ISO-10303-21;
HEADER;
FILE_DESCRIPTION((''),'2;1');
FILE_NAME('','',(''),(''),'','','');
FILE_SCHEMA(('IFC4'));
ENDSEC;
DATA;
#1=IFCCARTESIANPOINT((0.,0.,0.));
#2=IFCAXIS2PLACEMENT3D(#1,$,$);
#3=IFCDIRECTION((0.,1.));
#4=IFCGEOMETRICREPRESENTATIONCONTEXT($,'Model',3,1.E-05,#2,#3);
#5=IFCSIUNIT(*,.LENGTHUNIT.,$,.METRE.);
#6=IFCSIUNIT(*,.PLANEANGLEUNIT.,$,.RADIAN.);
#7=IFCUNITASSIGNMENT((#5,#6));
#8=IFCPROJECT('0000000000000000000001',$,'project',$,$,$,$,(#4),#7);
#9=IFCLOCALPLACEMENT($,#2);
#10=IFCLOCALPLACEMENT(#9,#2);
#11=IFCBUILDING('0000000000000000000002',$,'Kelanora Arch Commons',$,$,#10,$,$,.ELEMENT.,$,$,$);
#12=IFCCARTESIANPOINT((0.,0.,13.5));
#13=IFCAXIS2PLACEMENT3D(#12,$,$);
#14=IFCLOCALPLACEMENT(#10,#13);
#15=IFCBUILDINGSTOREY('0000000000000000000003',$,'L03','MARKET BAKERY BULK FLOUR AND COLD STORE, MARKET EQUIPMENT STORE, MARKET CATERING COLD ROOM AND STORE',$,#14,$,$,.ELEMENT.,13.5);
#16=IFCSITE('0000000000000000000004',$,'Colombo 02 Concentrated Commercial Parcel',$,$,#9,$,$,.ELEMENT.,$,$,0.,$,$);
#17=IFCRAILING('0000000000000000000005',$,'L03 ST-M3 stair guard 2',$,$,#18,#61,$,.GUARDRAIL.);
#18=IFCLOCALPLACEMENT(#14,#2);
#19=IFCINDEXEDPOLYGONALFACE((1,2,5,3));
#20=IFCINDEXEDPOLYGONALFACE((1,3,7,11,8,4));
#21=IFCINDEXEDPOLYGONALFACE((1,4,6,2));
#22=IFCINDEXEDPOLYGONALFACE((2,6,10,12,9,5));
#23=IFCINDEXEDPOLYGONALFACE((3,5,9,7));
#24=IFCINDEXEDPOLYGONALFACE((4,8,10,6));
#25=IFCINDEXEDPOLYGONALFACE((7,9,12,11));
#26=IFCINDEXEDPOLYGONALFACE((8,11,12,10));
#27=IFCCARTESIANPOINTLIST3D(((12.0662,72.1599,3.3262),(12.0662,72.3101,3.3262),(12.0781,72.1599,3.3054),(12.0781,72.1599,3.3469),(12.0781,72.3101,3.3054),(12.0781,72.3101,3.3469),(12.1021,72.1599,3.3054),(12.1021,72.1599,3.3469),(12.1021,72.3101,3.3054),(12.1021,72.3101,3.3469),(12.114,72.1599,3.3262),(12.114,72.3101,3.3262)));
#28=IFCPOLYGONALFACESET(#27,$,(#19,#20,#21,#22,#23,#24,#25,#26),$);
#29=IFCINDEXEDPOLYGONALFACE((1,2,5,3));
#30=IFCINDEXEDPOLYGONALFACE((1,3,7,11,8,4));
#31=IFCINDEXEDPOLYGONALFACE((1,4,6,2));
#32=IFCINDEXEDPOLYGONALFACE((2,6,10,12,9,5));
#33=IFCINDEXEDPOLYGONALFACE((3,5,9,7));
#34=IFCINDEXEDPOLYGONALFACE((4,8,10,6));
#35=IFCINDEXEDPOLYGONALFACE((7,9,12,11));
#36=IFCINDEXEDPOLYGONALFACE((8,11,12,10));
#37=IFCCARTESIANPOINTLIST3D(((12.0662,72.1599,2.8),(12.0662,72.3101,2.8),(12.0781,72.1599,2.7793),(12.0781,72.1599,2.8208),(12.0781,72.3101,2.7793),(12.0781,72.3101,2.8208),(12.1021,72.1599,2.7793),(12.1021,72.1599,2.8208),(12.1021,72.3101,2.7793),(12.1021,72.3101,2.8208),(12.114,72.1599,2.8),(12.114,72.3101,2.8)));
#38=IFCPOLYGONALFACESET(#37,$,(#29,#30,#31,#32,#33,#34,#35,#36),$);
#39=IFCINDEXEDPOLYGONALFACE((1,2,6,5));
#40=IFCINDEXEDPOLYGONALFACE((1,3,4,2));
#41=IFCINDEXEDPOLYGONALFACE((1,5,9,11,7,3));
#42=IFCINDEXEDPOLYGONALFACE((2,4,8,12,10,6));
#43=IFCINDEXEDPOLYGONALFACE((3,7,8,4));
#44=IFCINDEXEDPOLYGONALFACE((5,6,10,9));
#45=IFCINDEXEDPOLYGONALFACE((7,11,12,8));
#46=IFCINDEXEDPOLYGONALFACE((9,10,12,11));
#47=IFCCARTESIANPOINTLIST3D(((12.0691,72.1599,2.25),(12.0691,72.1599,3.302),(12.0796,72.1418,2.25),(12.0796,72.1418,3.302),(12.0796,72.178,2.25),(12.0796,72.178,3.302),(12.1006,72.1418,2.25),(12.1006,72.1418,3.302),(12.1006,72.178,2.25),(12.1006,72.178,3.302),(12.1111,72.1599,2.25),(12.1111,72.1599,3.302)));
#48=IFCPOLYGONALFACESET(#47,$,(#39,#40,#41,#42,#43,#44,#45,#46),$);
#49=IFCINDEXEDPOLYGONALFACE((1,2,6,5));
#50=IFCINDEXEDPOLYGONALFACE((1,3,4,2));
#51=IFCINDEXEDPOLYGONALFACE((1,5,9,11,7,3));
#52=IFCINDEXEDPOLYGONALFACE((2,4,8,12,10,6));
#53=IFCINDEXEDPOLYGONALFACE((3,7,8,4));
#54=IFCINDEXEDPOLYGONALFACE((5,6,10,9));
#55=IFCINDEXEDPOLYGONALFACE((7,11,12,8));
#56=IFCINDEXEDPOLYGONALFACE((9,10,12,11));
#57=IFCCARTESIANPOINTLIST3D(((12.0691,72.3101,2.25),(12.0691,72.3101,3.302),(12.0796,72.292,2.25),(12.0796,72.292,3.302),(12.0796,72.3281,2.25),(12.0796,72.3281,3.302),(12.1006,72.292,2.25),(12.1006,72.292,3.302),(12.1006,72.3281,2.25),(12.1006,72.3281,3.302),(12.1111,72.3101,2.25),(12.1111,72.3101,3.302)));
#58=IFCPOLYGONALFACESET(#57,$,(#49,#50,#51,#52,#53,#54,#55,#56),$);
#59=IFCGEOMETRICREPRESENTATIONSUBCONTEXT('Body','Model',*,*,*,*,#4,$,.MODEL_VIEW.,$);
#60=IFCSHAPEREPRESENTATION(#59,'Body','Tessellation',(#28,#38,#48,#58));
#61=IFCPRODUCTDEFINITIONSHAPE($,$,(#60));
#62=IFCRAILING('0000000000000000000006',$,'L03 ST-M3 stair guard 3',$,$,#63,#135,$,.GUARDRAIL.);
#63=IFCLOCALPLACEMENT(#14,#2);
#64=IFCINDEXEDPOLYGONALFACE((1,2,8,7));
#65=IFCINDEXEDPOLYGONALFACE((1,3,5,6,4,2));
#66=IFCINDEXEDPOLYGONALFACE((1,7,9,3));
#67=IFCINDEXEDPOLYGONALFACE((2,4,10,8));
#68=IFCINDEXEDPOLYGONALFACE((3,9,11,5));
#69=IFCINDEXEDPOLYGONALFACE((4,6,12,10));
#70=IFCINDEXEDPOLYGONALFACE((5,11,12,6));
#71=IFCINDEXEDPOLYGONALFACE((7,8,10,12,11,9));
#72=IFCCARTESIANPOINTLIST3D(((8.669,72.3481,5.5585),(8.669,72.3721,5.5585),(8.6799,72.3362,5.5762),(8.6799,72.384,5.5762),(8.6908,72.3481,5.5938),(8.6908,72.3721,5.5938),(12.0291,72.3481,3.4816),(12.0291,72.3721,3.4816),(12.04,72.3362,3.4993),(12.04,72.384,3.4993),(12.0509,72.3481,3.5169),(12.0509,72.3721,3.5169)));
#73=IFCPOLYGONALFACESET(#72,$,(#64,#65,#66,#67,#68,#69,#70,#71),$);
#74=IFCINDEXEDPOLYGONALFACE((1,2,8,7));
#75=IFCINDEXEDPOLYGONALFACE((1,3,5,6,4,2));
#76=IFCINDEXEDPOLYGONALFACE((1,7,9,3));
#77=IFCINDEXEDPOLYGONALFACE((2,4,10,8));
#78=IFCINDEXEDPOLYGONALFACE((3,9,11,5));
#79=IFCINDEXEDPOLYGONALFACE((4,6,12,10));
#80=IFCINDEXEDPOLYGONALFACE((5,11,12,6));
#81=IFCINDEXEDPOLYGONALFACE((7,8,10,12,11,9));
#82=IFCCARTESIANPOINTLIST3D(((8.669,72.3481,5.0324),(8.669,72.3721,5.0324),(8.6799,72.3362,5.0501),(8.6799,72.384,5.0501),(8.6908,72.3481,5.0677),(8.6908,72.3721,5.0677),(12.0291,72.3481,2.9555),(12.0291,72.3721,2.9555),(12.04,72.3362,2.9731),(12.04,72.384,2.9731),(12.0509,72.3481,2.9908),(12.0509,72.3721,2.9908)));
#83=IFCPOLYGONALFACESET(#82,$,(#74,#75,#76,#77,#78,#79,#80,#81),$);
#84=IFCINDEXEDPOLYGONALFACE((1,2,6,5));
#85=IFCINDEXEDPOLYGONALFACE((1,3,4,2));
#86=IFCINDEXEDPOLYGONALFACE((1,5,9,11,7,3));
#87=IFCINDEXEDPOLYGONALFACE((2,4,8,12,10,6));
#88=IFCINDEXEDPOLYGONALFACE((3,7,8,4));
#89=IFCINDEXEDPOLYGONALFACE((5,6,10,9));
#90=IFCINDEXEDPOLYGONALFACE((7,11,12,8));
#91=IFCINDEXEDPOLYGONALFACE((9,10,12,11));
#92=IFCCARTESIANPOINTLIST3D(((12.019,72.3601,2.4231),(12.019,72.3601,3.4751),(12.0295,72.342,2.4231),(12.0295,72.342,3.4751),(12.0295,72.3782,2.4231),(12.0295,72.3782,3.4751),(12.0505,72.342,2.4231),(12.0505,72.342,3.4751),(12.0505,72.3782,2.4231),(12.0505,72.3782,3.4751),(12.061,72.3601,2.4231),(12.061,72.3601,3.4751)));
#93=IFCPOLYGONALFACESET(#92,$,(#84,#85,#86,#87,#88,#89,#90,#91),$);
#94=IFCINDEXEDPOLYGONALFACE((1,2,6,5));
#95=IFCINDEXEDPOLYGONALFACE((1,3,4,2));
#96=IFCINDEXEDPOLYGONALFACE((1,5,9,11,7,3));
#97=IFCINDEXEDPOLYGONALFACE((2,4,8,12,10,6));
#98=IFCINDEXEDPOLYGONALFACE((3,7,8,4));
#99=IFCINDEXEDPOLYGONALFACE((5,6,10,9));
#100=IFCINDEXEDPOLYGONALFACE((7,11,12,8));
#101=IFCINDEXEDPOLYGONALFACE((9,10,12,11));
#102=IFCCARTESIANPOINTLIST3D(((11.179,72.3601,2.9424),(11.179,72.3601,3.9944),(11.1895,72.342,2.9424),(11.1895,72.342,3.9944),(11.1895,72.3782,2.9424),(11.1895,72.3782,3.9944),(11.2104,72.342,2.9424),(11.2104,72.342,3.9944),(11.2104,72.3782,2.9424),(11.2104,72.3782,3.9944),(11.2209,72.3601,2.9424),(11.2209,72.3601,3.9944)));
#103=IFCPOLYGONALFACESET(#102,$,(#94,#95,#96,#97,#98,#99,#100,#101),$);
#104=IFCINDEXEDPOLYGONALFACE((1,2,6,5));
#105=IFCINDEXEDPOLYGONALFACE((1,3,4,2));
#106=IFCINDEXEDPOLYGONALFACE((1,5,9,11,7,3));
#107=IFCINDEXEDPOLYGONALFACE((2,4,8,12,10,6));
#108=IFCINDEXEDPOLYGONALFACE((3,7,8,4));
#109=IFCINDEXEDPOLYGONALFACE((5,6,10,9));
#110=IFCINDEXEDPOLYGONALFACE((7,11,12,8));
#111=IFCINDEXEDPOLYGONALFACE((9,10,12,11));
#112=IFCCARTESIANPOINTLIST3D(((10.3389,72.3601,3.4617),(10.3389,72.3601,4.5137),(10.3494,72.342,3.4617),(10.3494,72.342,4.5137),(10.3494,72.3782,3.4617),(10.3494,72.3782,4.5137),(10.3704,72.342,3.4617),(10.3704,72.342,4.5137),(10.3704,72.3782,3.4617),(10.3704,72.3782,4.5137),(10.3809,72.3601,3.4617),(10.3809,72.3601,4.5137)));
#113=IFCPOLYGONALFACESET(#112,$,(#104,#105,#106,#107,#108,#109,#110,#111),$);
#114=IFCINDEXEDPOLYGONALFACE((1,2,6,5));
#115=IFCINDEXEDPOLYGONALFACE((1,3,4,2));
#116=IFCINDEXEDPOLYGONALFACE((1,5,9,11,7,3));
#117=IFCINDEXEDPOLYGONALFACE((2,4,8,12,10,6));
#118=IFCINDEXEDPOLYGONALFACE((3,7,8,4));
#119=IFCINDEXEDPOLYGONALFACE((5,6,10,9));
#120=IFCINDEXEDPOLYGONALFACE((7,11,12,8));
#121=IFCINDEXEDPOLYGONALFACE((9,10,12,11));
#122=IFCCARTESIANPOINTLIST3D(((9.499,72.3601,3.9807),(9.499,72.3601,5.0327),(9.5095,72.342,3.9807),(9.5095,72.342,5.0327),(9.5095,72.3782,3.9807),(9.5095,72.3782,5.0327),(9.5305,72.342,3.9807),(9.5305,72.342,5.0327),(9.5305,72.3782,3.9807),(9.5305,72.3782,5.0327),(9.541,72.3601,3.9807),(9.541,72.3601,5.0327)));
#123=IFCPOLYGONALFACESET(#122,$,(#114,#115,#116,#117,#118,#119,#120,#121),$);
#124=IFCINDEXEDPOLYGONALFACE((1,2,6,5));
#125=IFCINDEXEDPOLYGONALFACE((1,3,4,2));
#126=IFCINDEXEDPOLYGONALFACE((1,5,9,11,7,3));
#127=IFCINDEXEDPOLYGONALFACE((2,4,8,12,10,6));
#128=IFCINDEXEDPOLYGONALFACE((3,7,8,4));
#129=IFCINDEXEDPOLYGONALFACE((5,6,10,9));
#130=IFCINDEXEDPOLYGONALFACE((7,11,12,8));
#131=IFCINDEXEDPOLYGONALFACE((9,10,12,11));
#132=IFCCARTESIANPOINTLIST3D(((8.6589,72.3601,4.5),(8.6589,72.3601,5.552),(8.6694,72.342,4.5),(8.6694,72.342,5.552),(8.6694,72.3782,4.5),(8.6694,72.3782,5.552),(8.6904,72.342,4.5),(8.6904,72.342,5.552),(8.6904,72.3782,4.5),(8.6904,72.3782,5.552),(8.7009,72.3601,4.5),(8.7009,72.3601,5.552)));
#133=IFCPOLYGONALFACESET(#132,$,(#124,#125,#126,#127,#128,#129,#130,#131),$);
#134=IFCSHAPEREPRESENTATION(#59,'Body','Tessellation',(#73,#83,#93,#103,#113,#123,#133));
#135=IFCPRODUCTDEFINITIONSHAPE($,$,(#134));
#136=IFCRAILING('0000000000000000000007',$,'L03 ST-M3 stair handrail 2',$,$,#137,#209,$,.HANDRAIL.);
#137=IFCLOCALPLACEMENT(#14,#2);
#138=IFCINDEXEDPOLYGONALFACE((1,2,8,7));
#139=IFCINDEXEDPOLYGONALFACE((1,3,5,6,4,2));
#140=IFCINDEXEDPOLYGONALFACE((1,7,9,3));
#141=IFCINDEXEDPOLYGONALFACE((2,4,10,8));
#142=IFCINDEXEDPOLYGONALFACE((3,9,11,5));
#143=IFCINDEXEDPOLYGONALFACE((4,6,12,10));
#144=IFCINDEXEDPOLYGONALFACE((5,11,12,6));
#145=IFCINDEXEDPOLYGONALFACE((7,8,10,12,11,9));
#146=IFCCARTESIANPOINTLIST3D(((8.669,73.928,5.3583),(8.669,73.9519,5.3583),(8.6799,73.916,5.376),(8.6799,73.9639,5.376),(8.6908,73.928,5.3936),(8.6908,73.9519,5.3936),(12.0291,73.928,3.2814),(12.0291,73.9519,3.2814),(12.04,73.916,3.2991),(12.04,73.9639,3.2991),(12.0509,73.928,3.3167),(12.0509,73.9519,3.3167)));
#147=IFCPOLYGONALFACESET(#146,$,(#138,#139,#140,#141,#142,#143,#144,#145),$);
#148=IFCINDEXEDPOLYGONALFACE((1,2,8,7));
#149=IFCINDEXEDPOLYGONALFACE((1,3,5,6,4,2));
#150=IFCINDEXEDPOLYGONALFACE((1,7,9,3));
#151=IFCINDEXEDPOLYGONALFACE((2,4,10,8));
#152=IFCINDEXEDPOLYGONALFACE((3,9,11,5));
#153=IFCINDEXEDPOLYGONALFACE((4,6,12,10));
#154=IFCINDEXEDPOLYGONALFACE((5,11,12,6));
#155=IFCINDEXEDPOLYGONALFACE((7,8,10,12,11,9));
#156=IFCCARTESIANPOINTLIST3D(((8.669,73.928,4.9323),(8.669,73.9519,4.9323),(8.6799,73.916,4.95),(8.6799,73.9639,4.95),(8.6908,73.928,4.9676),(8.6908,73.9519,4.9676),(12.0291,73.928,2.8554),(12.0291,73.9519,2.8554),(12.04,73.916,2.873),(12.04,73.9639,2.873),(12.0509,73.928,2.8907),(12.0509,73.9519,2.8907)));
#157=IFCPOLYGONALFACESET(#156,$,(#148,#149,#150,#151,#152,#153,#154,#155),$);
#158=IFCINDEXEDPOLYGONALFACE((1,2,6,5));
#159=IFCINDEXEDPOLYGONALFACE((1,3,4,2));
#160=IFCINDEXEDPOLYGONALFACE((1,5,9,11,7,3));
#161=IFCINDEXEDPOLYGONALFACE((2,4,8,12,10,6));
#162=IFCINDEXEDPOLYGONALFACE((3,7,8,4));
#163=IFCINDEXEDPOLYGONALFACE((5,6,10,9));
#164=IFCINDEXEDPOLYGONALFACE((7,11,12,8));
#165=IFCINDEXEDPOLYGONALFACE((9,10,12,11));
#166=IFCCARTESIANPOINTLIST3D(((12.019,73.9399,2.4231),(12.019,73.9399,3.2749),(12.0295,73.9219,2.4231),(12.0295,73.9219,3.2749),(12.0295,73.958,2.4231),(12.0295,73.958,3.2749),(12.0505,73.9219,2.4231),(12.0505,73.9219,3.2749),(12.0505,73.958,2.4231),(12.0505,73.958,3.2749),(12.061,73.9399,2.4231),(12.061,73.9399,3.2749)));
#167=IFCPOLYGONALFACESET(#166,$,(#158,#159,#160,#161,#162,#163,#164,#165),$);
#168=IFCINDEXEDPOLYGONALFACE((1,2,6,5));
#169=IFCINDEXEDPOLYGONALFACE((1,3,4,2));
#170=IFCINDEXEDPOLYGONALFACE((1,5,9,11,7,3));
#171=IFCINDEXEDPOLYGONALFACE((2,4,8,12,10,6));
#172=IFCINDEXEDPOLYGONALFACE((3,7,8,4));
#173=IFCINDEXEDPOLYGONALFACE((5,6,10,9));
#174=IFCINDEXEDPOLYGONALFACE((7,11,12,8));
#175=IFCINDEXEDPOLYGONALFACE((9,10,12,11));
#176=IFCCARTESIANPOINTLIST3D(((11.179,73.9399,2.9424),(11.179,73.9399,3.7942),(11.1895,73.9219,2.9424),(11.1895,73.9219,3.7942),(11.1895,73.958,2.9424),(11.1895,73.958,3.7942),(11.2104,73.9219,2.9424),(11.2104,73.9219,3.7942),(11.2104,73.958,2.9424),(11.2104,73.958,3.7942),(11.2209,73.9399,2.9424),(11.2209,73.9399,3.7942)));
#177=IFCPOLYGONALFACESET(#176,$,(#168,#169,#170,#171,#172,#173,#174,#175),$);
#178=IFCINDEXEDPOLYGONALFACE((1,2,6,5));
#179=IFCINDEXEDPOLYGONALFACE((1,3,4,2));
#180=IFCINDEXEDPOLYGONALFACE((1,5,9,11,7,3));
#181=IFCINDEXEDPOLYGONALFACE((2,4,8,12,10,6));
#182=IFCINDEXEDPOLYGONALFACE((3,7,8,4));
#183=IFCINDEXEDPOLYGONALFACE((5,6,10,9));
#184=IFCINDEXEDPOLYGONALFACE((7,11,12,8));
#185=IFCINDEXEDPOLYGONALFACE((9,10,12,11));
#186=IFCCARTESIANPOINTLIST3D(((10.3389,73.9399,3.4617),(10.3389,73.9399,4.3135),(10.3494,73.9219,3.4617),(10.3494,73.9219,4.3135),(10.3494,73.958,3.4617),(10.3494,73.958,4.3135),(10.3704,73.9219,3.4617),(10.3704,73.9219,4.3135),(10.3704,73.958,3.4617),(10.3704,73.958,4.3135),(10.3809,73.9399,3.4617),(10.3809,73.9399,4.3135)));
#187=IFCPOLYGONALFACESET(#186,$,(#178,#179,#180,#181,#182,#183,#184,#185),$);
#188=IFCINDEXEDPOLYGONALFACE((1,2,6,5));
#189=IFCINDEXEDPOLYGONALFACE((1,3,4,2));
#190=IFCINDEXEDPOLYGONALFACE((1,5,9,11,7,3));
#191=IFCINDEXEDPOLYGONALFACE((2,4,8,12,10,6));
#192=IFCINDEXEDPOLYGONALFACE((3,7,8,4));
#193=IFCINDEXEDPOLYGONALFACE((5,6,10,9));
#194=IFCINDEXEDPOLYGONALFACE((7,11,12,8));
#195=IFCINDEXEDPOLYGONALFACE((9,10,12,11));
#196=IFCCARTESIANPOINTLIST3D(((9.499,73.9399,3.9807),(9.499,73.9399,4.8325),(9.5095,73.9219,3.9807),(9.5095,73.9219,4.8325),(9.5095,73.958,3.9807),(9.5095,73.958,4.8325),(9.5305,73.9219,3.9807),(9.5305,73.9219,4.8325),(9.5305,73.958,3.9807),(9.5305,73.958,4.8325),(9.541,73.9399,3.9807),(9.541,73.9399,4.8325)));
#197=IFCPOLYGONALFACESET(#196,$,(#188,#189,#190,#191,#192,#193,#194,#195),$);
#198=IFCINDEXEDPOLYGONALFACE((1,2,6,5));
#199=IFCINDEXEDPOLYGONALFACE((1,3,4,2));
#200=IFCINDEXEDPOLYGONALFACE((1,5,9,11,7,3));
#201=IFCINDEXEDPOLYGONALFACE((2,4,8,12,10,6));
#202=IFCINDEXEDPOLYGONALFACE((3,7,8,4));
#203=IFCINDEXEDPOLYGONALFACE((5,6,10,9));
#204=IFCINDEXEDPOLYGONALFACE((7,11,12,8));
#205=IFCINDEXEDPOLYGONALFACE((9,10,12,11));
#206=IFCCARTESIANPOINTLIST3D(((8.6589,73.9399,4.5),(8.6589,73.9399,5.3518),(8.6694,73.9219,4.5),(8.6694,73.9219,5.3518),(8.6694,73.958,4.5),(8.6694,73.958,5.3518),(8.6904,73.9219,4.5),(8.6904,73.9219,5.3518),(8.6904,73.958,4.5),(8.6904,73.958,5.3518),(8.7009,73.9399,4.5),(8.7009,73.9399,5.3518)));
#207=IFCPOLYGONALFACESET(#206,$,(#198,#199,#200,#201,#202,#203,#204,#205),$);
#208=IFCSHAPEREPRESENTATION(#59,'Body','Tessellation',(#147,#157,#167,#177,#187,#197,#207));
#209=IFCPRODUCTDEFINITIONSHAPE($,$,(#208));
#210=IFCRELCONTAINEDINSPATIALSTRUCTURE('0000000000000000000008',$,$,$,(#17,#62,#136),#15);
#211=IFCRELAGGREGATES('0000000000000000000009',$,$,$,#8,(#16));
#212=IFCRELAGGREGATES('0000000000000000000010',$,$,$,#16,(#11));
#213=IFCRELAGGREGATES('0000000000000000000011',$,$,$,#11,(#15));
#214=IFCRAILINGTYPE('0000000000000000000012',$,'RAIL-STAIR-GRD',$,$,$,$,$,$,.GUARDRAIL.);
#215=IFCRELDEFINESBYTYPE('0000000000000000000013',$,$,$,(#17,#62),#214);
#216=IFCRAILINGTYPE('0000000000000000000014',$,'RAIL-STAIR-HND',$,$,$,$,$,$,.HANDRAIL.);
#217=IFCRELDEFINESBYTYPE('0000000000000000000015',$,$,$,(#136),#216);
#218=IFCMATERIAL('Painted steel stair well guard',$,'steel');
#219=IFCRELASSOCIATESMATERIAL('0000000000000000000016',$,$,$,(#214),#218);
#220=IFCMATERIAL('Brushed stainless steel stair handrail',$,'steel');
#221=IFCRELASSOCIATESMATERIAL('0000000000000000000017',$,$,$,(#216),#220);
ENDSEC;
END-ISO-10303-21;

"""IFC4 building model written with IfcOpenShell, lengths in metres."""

from ifc_helpers import new_model, si_unit, direction, frame, origin, place, context, subcontext, project, spatial, polyline, outline, extrude, material, type_object, element, save


model = new_model("IFC4")

# Units and contexts
model_context = context("Model", 3, precision=1e-05, world=origin(), true_north=direction((0.0, 1.0)))
body_context = subcontext(model_context, "Body", "Model", "MODEL_VIEW")
ifc_project = project(units=[si_unit("LENGTHUNIT", "METRE"), si_unit("PLANEANGLEUNIT", "RADIAN")], contexts=[model_context])

# Site, building, storey
site_placement = place(None, origin())
site = spatial("IfcSite", under=ifc_project, at=site_placement, Name="Colombo 02 Concentrated Commercial Parcel", CompositionType="ELEMENT", RefElevation=0.0)
building_placement = place(site_placement, origin())
building = spatial("IfcBuilding", under=site, at=building_placement, Name="Kelanora Arch Commons", CompositionType="ELEMENT")
storey_placement = place(building_placement, frame((0.0, 0.0, 13.5)))
storey = spatial("IfcBuildingStorey", under=building, at=storey_placement, Name="L03", Description="MARKET BAKERY BULK FLOUR AND COLD STORE, MARKET EQUIPMENT STORE, MARKET CATERING COLD ROOM AND STORE", CompositionType="ELEMENT", Elevation=13.5)

# Railings
ifc_material_1 = material(Name="Painted steel stair well guard", Category="steel")
railing_type_1 = type_object("IfcRailingType", Name="RAIL-STAIR-GRD", PredefinedType="GUARDRAIL", material=ifc_material_1)
railing_1_placement = place(storey_placement, frame((12.0901, 72.1599, 2.25)))
element("IfcRailing", 1, at=railing_1_placement, inside=storey, type_object=railing_type_1, Name="L03 ST-M3 stair guard 2", PredefinedType="GUARDRAIL", context=body_context, shape_type="SweptSolid", body=[
    extrude(outline(polyline([(0.0239, 0.0), (0.012, 0.0208), (-0.012, 0.0208), (-0.0239, 0.0), (-0.012, -0.0208), (0.012, -0.0208), (0.0239, 0.0)])), frame((0.0, 0.0, 1.0762), z_axis=(0.0, 1.0, 0.0), x_axis=(-1.0, 0.0, 0.0)), (0.0, 0.0, 1.0), 0.1501),
    extrude(outline(polyline([(0.0239, 0.0), (0.012, 0.0208), (-0.012, 0.0208), (-0.0239, 0.0), (-0.012, -0.0208), (0.012, -0.0208), (0.0239, 0.0)])), frame((0.0, 0.0, 0.55), z_axis=(0.0, 1.0, 0.0), x_axis=(-1.0, 0.0, 0.0)), (0.0, 0.0, 1.0), 0.1501),
    extrude(outline(polyline([(0.021, 0.0), (0.0105, 0.0181), (-0.0105, 0.0181), (-0.021, 0.0), (-0.0105, -0.0181), (0.0105, -0.0181), (0.021, 0.0)])), origin(), (0.0, 0.0, 1.0), 1.052),
    extrude(outline(polyline([(0.021, 0.0), (0.0105, 0.0181), (-0.0105, 0.0181), (-0.021, 0.0), (-0.0105, -0.0181), (0.0105, -0.0181), (0.021, 0.0)])), frame((0.0, 0.1501, 0.0)), (0.0, 0.0, 1.0), 1.052),
])
railing_2_placement = place(storey_placement, frame((12.04, 72.3601, 2.4231)))
element("IfcRailing", 2, at=railing_2_placement, inside=storey, type_object=railing_type_1, Name="L03 ST-M3 stair guard 3", PredefinedType="GUARDRAIL", context=body_context, shape_type="SweptSolid", body=[
    extrude(outline(polyline([(0.0239, 0.0), (0.012, 0.0208), (-0.012, 0.0208), (-0.0239, 0.0), (-0.012, -0.0208), (0.012, -0.0208), (0.0239, 0.0)])), frame((0.0, 0.0, 1.0762), z_axis=(-0.850623, 0.0, 0.525776), x_axis=(0.0, -1.0, 0.0)), (0.0, 0.0, 1.0), 3.9502),
    extrude(outline(polyline([(0.0239, 0.0), (0.012, 0.0208), (-0.012, 0.0208), (-0.0239, 0.0), (-0.012, -0.0208), (0.012, -0.0208), (0.0239, 0.0)])), frame((0.0, 0.0, 0.55), z_axis=(-0.850623, 0.0, 0.525776), x_axis=(0.0, -1.0, 0.0)), (0.0, 0.0, 1.0), 3.9502),
    extrude(outline(polyline([(0.021, 0.0), (0.0105, 0.0181), (-0.0105, 0.0181), (-0.021, 0.0), (-0.0105, -0.0181), (0.0105, -0.0181), (0.021, 0.0)])), origin(), (0.0, 0.0, 1.0), 1.052),
    extrude(outline(polyline([(0.021, 0.0), (0.0105, 0.0181), (-0.0105, 0.0181), (-0.021, 0.0), (-0.0105, -0.0181), (0.0105, -0.0181), (0.021, 0.0)])), frame((-0.8401, 0.0, 0.5193)), (0.0, 0.0, 1.0), 1.052),
    extrude(outline(polyline([(0.021, 0.0), (0.0105, 0.0181), (-0.0105, 0.0181), (-0.021, 0.0), (-0.0105, -0.0181), (0.0105, -0.0181), (0.021, 0.0)])), frame((-1.6802, 0.0, 1.0386)), (0.0, 0.0, 1.0), 1.052),
    extrude(outline(polyline([(0.021, 0.0), (0.0105, 0.0181), (-0.0105, 0.0181), (-0.021, 0.0), (-0.0105, -0.0181), (0.0105, -0.0181), (0.021, 0.0)])), frame((-2.52, 0.0, 1.5576)), (0.0, 0.0, 1.0), 1.052),
    extrude(outline(polyline([(0.021, 0.0), (0.0105, 0.0181), (-0.0105, 0.0181), (-0.021, 0.0), (-0.0105, -0.0181), (0.0105, -0.0181), (0.021, 0.0)])), frame((-3.3601, 0.0, 2.0769)), (0.0, 0.0, 1.0), 1.052),
])
ifc_material_2 = material(Name="Brushed stainless steel stair handrail", Category="steel")
railing_type_2 = type_object("IfcRailingType", Name="RAIL-STAIR-HND", PredefinedType="HANDRAIL", material=ifc_material_2)
railing_3_placement = place(storey_placement, frame((12.04, 73.9399, 2.4231)))
element("IfcRailing", 3, at=railing_3_placement, inside=storey, type_object=railing_type_2, Name="L03 ST-M3 stair handrail 2", PredefinedType="HANDRAIL", context=body_context, shape_type="SweptSolid", body=[
    extrude(outline(polyline([(0.0239, 0.0), (0.012, 0.0208), (-0.012, 0.0208), (-0.0239, 0.0), (-0.012, -0.0208), (0.012, -0.0208), (0.0239, 0.0)])), frame((0.0, 0.0, 0.876), z_axis=(-0.850623, 0.0, 0.525776), x_axis=(0.0, -1.0, 0.0)), (0.0, 0.0, 1.0), 3.9502),
    extrude(outline(polyline([(0.0239, 0.0), (0.012, 0.0208), (-0.012, 0.0208), (-0.0239, 0.0), (-0.012, -0.0208), (0.012, -0.0208), (0.0239, 0.0)])), frame((0.0, 0.0, 0.45), z_axis=(-0.850623, 0.0, 0.525776), x_axis=(0.0, -1.0, 0.0)), (0.0, 0.0, 1.0), 3.9502),
    extrude(outline(polyline([(0.021, 0.0), (0.0105, 0.0181), (-0.0105, 0.0181), (-0.021, 0.0), (-0.0105, -0.0181), (0.0105, -0.0181), (0.021, 0.0)])), origin(), (0.0, 0.0, 1.0), 0.8518),
    extrude(outline(polyline([(0.021, 0.0), (0.0105, 0.0181), (-0.0105, 0.0181), (-0.021, 0.0), (-0.0105, -0.0181), (0.0105, -0.0181), (0.021, 0.0)])), frame((-0.8401, 0.0, 0.5193)), (0.0, 0.0, 1.0), 0.8518),
    extrude(outline(polyline([(0.021, 0.0), (0.0105, 0.0181), (-0.0105, 0.0181), (-0.021, 0.0), (-0.0105, -0.0181), (0.0105, -0.0181), (0.021, 0.0)])), frame((-1.6802, 0.0, 1.0386)), (0.0, 0.0, 1.0), 0.8518),
    extrude(outline(polyline([(0.021, 0.0), (0.0105, 0.0181), (-0.0105, 0.0181), (-0.021, 0.0), (-0.0105, -0.0181), (0.0105, -0.0181), (0.021, 0.0)])), frame((-2.52, 0.0, 1.5576)), (0.0, 0.0, 1.0), 0.8518),
    extrude(outline(polyline([(0.021, 0.0), (0.0105, 0.0181), (-0.0105, 0.0181), (-0.021, 0.0), (-0.0105, -0.0181), (0.0105, -0.0181), (0.021, 0.0)])), frame((-3.3601, 0.0, 2.0769)), (0.0, 0.0, 1.0), 0.8518),
])

save(model, "model.ifc")
